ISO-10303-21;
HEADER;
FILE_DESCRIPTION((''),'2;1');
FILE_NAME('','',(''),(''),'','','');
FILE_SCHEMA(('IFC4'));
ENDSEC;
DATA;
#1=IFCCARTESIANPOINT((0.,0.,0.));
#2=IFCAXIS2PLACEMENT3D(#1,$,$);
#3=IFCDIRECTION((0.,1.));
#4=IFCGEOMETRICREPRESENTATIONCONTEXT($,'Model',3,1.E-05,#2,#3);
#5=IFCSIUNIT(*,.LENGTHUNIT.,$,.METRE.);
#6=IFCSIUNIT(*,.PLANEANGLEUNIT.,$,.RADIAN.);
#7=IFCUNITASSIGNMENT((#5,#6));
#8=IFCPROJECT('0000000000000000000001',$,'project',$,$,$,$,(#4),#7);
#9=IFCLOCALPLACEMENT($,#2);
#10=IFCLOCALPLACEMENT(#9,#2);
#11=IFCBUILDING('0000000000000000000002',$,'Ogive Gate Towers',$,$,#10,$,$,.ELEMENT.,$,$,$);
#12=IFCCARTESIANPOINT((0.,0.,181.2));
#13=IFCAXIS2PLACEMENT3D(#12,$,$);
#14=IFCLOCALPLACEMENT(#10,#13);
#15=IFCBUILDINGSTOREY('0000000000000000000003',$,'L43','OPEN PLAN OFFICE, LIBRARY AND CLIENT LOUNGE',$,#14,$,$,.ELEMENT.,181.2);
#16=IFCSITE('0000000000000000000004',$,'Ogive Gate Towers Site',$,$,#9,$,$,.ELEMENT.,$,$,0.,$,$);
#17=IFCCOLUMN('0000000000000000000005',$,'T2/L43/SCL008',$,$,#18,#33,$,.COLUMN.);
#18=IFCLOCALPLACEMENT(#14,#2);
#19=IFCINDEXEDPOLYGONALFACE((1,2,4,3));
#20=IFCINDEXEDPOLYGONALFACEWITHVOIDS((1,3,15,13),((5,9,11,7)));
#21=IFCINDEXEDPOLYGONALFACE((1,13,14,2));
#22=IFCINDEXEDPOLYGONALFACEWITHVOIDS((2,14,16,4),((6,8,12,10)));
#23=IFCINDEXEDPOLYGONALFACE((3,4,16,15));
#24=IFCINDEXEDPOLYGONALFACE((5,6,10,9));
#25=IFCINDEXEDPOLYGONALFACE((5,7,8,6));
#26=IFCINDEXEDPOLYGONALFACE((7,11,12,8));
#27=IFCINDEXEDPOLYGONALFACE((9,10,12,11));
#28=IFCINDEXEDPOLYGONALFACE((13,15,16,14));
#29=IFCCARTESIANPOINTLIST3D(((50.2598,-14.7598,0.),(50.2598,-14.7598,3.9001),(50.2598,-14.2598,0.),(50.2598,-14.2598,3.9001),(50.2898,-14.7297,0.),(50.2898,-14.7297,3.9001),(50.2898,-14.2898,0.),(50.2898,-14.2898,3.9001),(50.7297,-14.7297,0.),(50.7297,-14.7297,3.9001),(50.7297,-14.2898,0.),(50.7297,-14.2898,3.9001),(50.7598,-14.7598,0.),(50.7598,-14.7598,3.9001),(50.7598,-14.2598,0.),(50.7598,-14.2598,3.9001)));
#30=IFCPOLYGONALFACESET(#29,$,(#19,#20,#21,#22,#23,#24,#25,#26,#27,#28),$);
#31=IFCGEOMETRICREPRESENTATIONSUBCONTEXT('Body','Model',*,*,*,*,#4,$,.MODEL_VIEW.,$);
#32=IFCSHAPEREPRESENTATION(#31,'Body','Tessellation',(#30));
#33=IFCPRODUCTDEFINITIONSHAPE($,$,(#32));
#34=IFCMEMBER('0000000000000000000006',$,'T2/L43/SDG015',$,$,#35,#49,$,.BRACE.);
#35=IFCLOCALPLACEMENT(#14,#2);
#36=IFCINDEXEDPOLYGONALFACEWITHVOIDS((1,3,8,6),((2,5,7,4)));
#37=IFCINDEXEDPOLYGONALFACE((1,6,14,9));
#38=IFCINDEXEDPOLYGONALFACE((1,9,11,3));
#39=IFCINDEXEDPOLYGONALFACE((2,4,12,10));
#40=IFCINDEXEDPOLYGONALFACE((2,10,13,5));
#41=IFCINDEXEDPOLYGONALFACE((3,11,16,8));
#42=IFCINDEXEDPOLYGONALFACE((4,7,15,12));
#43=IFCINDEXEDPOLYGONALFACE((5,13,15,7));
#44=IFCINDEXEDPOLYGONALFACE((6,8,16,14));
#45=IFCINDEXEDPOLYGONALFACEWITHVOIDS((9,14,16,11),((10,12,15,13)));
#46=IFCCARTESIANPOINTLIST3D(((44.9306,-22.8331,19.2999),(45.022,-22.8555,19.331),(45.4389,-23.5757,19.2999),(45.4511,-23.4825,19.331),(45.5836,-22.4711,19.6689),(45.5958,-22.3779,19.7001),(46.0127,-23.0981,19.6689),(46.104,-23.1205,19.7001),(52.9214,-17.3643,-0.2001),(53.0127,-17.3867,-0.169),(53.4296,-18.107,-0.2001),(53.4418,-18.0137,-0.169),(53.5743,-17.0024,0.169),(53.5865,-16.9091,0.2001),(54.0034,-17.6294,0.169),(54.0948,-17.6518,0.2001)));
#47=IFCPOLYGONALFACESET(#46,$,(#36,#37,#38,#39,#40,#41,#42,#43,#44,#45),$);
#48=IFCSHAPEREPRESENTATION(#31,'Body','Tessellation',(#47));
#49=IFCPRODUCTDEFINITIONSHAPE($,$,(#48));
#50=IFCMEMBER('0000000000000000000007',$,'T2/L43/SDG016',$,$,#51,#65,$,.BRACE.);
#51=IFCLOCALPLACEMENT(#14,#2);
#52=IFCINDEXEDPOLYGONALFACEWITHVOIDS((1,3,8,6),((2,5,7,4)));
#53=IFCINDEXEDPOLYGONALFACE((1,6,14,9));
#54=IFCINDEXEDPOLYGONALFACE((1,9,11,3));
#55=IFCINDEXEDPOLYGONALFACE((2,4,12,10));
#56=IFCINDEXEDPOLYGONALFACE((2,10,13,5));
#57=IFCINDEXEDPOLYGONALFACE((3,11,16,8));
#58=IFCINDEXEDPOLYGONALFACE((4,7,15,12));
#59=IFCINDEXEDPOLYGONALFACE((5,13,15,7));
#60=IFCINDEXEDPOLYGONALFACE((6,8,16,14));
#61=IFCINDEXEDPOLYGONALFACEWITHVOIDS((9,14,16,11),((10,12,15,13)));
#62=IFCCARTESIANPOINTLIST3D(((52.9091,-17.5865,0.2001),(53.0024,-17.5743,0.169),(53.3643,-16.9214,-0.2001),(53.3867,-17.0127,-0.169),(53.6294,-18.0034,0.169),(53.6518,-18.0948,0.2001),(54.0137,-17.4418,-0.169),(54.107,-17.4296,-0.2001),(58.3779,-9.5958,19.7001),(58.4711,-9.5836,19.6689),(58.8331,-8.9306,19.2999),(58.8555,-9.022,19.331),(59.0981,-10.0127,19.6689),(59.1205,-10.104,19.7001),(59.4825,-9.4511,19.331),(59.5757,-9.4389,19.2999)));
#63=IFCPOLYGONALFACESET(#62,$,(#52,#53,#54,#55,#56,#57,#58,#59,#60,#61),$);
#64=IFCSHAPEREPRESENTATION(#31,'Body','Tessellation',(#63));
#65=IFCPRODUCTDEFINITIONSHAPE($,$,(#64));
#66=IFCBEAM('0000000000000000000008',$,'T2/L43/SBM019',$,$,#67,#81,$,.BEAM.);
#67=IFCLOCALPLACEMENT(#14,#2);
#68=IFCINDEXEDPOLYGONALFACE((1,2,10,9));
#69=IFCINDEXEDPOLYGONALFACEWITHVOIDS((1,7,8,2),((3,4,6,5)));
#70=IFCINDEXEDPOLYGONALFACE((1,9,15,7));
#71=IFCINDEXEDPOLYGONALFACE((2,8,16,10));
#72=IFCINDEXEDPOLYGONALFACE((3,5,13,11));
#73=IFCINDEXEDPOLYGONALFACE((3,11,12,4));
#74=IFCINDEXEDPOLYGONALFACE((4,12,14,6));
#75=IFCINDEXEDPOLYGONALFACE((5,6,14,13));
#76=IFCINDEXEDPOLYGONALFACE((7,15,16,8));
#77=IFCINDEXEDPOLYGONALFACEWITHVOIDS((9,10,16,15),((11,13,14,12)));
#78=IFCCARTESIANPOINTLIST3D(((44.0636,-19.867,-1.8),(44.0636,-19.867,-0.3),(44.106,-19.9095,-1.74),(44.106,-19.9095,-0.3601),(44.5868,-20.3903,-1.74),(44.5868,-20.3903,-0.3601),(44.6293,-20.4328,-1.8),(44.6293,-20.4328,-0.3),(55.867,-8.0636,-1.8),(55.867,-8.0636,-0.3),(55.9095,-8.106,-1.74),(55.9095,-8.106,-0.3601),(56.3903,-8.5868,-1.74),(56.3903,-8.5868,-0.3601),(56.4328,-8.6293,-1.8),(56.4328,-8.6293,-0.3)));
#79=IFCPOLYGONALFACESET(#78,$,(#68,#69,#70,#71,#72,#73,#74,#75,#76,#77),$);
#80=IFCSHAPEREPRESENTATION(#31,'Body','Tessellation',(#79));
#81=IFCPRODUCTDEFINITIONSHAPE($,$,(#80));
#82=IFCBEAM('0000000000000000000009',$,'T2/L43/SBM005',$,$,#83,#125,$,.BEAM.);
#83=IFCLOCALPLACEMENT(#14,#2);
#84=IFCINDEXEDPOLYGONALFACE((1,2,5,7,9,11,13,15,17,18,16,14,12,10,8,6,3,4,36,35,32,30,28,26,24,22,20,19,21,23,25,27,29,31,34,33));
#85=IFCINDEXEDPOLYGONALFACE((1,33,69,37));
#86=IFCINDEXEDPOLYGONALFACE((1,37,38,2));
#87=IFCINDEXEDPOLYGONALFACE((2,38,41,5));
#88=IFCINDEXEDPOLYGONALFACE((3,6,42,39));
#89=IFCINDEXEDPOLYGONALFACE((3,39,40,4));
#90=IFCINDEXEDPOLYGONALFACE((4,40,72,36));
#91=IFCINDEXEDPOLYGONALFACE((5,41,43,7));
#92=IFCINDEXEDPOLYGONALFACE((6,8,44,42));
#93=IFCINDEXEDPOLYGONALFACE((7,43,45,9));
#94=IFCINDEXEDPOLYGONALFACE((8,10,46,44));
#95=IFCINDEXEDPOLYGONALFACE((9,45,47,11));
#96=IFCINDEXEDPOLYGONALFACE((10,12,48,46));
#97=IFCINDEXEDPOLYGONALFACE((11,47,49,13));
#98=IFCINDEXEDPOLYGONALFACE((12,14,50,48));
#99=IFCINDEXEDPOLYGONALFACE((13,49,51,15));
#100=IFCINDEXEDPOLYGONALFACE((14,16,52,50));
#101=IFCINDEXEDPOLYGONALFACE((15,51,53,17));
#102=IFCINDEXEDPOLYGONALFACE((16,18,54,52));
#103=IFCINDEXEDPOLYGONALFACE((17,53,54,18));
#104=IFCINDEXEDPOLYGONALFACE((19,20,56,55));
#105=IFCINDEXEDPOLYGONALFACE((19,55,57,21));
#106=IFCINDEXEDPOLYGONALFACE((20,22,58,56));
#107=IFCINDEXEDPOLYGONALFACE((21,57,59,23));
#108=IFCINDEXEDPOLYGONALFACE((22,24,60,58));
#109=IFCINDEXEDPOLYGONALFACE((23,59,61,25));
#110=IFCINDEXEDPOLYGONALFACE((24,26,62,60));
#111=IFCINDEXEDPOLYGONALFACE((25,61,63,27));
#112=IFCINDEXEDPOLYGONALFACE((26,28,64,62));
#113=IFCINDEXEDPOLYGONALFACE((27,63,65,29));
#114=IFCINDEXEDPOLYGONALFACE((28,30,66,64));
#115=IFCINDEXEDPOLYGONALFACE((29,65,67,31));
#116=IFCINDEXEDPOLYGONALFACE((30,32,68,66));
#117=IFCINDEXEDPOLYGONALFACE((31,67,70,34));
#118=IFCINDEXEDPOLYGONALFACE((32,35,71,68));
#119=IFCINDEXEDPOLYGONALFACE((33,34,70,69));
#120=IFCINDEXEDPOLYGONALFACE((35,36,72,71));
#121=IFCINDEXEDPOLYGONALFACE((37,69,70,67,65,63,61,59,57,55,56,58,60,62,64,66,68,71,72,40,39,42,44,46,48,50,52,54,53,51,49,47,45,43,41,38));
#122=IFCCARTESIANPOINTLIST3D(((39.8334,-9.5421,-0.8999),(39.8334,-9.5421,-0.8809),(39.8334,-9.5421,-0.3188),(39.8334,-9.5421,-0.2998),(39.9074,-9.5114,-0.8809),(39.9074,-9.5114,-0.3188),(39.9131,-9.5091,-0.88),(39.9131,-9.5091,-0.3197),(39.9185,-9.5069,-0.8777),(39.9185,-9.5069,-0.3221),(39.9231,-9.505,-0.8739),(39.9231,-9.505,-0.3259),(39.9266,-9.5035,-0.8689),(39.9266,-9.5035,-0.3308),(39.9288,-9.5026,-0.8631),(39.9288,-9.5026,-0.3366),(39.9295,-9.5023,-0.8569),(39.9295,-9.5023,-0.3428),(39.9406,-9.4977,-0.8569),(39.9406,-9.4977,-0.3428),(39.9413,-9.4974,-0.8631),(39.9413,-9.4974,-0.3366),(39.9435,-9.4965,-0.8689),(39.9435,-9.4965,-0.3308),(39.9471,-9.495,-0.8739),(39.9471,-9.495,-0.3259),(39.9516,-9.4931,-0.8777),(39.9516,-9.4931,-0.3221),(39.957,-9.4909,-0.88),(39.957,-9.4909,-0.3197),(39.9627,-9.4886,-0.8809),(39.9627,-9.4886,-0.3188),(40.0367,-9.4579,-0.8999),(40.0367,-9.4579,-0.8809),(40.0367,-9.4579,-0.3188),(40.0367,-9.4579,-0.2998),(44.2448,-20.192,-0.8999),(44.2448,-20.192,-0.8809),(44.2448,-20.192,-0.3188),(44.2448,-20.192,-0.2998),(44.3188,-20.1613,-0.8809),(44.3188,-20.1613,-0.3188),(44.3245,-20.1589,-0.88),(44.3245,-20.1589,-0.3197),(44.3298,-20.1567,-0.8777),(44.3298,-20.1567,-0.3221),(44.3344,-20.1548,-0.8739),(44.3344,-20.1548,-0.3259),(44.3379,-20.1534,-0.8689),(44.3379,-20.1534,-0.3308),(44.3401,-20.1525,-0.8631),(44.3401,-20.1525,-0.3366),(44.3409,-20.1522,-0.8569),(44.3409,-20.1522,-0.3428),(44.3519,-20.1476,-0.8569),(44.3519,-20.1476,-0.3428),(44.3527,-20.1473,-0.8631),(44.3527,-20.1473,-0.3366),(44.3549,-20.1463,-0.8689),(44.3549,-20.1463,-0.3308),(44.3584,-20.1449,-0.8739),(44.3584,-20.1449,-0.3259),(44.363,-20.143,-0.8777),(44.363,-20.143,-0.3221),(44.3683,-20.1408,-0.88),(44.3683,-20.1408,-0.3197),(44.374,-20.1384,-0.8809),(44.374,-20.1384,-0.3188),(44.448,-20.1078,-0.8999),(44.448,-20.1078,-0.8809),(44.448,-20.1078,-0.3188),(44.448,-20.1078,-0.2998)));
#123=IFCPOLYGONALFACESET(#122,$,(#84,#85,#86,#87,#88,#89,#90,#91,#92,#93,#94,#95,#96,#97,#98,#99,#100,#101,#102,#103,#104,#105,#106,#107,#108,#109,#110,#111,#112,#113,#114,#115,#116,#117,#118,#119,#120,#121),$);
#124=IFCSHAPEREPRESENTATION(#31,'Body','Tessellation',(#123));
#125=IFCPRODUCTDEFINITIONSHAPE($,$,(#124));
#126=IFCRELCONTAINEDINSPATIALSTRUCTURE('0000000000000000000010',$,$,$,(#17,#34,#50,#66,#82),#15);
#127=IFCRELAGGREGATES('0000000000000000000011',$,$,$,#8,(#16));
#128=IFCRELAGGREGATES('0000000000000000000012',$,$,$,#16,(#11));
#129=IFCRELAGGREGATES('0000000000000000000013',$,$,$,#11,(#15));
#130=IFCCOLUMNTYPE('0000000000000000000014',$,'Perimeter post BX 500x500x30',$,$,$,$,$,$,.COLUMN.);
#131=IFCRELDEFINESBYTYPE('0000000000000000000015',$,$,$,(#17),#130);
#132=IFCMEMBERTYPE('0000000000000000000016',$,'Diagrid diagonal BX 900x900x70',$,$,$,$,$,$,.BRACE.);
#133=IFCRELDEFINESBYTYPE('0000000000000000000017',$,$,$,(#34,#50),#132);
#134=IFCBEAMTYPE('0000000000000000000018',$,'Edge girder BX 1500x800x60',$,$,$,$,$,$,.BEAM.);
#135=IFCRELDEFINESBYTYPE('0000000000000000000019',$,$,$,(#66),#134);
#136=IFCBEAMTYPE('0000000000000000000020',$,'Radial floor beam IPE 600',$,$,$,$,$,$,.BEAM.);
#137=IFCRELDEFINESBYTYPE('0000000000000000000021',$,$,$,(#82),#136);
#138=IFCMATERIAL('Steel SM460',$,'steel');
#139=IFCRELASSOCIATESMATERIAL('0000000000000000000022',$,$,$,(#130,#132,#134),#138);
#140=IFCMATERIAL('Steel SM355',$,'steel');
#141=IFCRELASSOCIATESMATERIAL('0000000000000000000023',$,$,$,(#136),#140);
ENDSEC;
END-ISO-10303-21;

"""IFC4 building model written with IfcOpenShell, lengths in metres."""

from ifc_helpers import new_model, si_unit, direction, frame, origin, origin_2d, place, context, subcontext, project, spatial, hollow_rectangle, i_section, extrude, material, material_profile, profile_set, type_object, element, save


model = new_model("IFC4")

# Units and contexts
model_context = context("Model", 3, precision=1e-05, world=origin(), true_north=direction((0.0, 1.0)))
body_context = subcontext(model_context, "Body", "Model", "MODEL_VIEW")
ifc_project = project(units=[si_unit("LENGTHUNIT", "METRE"), si_unit("PLANEANGLEUNIT", "RADIAN")], contexts=[model_context])

# Site, building, storey
site_placement = place(None, origin())
site = spatial("IfcSite", under=ifc_project, at=site_placement, Name="Ogive Gate Towers Site", CompositionType="ELEMENT", RefElevation=0.0)
building_placement = place(site_placement, origin())
building = spatial("IfcBuilding", under=site, at=building_placement, Name="Ogive Gate Towers", CompositionType="ELEMENT")
storey_placement = place(building_placement, frame((0.0, 0.0, 181.2)))
storey = spatial("IfcBuildingStorey", under=building, at=storey_placement, Name="L43", Description="OPEN PLAN OFFICE, LIBRARY AND CLIENT LOUNGE", CompositionType="ELEMENT", Elevation=181.2)

# Column
ifc_material_1 = material(Name="Steel SM460", Category="steel")
ifc_material_profile_1 = material_profile(ifc_material_1, hollow_rectangle(XDim=0.5, YDim=0.5, WallThickness=0.03, at=origin_2d()), Name="BX 500x500x30")
ifc_profile_set_1 = profile_set([ifc_material_profile_1], Name="Steel SM460")
column_type = type_object("IfcColumnType", Name="Perimeter post BX 500x500x30", PredefinedType="COLUMN", material=ifc_profile_set_1)
column_placement = place(storey_placement, frame((50.5098, -14.5098, 0.0), z_axis=(0.0, 0.0, 1.0), x_axis=(1.0, 0.0, 0.0)))
element("IfcColumn", 1, at=column_placement, inside=storey, type_object=column_type, Name="T2/L43/SCL008", PredefinedType="COLUMN", context=body_context, shape_type="SweptSolid", body=[
    extrude(hollow_rectangle(XDim=0.5, YDim=0.5, WallThickness=0.03, at=origin_2d()), origin(), (0.0, 0.0, 1.0), 3.9001),
])

# Members
ifc_material_profile_2 = material_profile(ifc_material_1, hollow_rectangle(XDim=0.8999, YDim=0.8999, WallThickness=0.0701, at=origin_2d()), Name="BX 900x900x70")
ifc_profile_set_2 = profile_set([ifc_material_profile_2], Name="Steel SM460")
member_type = type_object("IfcMemberType", Name="Diagrid diagonal BX 900x900x70", PredefinedType="BRACE", material=ifc_profile_set_2)
for number, where, z_axis, x_axis, name in (
    (2, (53.5081, -17.5081, 0.0), (-0.367023, -0.251186, 0.895656), (0.564783, -0.825239, 0.0), "T2/L43/SDG015"),
    (3, (53.5081, -17.5081, 0.0), (0.251186, 0.367023, 0.895656), (-0.825239, 0.564783, 0.0), "T2/L43/SDG016"),
):
    element("IfcMember", number, at=place(storey_placement, frame(where, z_axis=z_axis, x_axis=x_axis)), inside=storey, type_object=member_type, Name=name, PredefinedType="BRACE", context=body_context, shape_type="SweptSolid", body=[
        extrude(hollow_rectangle(XDim=0.8999, YDim=0.8999, WallThickness=0.0701, at=origin_2d()), origin(), (0.0, 0.0, 1.0), 21.7717),
    ])

# Beams
ifc_material_profile_3 = material_profile(ifc_material_1, hollow_rectangle(XDim=0.8, YDim=1.5, WallThickness=0.0601, at=origin_2d()), Name="BX 1500x800x60")
ifc_profile_set_3 = profile_set([ifc_material_profile_3], Name="Steel SM460")
beam_type_1 = type_object("IfcBeamType", Name="Edge girder BX 1500x800x60", PredefinedType="BEAM", material=ifc_profile_set_3)
beam_1_placement = place(storey_placement, frame((44.3464, -20.1499, -1.05), z_axis=(0.707107, 0.707107, 0.0), x_axis=(-0.707107, 0.707107, 0.0)))
element("IfcBeam", 4, at=beam_1_placement, inside=storey, type_object=beam_type_1, Name="T2/L43/SBM019", PredefinedType="BEAM", context=body_context, shape_type="SweptSolid", body=[
    extrude(hollow_rectangle(XDim=0.8, YDim=1.5, WallThickness=0.0601, at=origin_2d()), origin(), (0.0, 0.0, 1.0), 16.6926),
])
ifc_material_2 = material(Name="Steel SM355", Category="steel")
ifc_material_profile_4 = material_profile(ifc_material_2, i_section(OverallWidth=0.22, OverallDepth=0.6001, WebThickness=0.012, FlangeThickness=0.019, FilletRadius=0.0239, at=origin_2d()), Name="IPE 600")
ifc_profile_set_4 = profile_set([ifc_material_profile_4], Name="Steel SM355")
beam_type_2 = type_object("IfcBeamType", Name="Radial floor beam IPE 600", PredefinedType="BEAM", material=ifc_profile_set_4)
beam_2_placement = place(storey_placement, frame((39.9351, -9.5, -0.5999), z_axis=(0.382687, -0.923878, 0.0), x_axis=(0.923878, 0.382687, 0.0)))
element("IfcBeam", 5, at=beam_2_placement, inside=storey, type_object=beam_type_2, Name="T2/L43/SBM005", PredefinedType="BEAM", context=body_context, shape_type="SweptSolid", body=[
    extrude(i_section(OverallWidth=0.22, OverallDepth=0.6001, WebThickness=0.012, FlangeThickness=0.019, FilletRadius=0.0239, at=origin_2d()), origin(), (0.0, 0.0, 1.0), 11.5273),
])

save(model, "model.ifc")
